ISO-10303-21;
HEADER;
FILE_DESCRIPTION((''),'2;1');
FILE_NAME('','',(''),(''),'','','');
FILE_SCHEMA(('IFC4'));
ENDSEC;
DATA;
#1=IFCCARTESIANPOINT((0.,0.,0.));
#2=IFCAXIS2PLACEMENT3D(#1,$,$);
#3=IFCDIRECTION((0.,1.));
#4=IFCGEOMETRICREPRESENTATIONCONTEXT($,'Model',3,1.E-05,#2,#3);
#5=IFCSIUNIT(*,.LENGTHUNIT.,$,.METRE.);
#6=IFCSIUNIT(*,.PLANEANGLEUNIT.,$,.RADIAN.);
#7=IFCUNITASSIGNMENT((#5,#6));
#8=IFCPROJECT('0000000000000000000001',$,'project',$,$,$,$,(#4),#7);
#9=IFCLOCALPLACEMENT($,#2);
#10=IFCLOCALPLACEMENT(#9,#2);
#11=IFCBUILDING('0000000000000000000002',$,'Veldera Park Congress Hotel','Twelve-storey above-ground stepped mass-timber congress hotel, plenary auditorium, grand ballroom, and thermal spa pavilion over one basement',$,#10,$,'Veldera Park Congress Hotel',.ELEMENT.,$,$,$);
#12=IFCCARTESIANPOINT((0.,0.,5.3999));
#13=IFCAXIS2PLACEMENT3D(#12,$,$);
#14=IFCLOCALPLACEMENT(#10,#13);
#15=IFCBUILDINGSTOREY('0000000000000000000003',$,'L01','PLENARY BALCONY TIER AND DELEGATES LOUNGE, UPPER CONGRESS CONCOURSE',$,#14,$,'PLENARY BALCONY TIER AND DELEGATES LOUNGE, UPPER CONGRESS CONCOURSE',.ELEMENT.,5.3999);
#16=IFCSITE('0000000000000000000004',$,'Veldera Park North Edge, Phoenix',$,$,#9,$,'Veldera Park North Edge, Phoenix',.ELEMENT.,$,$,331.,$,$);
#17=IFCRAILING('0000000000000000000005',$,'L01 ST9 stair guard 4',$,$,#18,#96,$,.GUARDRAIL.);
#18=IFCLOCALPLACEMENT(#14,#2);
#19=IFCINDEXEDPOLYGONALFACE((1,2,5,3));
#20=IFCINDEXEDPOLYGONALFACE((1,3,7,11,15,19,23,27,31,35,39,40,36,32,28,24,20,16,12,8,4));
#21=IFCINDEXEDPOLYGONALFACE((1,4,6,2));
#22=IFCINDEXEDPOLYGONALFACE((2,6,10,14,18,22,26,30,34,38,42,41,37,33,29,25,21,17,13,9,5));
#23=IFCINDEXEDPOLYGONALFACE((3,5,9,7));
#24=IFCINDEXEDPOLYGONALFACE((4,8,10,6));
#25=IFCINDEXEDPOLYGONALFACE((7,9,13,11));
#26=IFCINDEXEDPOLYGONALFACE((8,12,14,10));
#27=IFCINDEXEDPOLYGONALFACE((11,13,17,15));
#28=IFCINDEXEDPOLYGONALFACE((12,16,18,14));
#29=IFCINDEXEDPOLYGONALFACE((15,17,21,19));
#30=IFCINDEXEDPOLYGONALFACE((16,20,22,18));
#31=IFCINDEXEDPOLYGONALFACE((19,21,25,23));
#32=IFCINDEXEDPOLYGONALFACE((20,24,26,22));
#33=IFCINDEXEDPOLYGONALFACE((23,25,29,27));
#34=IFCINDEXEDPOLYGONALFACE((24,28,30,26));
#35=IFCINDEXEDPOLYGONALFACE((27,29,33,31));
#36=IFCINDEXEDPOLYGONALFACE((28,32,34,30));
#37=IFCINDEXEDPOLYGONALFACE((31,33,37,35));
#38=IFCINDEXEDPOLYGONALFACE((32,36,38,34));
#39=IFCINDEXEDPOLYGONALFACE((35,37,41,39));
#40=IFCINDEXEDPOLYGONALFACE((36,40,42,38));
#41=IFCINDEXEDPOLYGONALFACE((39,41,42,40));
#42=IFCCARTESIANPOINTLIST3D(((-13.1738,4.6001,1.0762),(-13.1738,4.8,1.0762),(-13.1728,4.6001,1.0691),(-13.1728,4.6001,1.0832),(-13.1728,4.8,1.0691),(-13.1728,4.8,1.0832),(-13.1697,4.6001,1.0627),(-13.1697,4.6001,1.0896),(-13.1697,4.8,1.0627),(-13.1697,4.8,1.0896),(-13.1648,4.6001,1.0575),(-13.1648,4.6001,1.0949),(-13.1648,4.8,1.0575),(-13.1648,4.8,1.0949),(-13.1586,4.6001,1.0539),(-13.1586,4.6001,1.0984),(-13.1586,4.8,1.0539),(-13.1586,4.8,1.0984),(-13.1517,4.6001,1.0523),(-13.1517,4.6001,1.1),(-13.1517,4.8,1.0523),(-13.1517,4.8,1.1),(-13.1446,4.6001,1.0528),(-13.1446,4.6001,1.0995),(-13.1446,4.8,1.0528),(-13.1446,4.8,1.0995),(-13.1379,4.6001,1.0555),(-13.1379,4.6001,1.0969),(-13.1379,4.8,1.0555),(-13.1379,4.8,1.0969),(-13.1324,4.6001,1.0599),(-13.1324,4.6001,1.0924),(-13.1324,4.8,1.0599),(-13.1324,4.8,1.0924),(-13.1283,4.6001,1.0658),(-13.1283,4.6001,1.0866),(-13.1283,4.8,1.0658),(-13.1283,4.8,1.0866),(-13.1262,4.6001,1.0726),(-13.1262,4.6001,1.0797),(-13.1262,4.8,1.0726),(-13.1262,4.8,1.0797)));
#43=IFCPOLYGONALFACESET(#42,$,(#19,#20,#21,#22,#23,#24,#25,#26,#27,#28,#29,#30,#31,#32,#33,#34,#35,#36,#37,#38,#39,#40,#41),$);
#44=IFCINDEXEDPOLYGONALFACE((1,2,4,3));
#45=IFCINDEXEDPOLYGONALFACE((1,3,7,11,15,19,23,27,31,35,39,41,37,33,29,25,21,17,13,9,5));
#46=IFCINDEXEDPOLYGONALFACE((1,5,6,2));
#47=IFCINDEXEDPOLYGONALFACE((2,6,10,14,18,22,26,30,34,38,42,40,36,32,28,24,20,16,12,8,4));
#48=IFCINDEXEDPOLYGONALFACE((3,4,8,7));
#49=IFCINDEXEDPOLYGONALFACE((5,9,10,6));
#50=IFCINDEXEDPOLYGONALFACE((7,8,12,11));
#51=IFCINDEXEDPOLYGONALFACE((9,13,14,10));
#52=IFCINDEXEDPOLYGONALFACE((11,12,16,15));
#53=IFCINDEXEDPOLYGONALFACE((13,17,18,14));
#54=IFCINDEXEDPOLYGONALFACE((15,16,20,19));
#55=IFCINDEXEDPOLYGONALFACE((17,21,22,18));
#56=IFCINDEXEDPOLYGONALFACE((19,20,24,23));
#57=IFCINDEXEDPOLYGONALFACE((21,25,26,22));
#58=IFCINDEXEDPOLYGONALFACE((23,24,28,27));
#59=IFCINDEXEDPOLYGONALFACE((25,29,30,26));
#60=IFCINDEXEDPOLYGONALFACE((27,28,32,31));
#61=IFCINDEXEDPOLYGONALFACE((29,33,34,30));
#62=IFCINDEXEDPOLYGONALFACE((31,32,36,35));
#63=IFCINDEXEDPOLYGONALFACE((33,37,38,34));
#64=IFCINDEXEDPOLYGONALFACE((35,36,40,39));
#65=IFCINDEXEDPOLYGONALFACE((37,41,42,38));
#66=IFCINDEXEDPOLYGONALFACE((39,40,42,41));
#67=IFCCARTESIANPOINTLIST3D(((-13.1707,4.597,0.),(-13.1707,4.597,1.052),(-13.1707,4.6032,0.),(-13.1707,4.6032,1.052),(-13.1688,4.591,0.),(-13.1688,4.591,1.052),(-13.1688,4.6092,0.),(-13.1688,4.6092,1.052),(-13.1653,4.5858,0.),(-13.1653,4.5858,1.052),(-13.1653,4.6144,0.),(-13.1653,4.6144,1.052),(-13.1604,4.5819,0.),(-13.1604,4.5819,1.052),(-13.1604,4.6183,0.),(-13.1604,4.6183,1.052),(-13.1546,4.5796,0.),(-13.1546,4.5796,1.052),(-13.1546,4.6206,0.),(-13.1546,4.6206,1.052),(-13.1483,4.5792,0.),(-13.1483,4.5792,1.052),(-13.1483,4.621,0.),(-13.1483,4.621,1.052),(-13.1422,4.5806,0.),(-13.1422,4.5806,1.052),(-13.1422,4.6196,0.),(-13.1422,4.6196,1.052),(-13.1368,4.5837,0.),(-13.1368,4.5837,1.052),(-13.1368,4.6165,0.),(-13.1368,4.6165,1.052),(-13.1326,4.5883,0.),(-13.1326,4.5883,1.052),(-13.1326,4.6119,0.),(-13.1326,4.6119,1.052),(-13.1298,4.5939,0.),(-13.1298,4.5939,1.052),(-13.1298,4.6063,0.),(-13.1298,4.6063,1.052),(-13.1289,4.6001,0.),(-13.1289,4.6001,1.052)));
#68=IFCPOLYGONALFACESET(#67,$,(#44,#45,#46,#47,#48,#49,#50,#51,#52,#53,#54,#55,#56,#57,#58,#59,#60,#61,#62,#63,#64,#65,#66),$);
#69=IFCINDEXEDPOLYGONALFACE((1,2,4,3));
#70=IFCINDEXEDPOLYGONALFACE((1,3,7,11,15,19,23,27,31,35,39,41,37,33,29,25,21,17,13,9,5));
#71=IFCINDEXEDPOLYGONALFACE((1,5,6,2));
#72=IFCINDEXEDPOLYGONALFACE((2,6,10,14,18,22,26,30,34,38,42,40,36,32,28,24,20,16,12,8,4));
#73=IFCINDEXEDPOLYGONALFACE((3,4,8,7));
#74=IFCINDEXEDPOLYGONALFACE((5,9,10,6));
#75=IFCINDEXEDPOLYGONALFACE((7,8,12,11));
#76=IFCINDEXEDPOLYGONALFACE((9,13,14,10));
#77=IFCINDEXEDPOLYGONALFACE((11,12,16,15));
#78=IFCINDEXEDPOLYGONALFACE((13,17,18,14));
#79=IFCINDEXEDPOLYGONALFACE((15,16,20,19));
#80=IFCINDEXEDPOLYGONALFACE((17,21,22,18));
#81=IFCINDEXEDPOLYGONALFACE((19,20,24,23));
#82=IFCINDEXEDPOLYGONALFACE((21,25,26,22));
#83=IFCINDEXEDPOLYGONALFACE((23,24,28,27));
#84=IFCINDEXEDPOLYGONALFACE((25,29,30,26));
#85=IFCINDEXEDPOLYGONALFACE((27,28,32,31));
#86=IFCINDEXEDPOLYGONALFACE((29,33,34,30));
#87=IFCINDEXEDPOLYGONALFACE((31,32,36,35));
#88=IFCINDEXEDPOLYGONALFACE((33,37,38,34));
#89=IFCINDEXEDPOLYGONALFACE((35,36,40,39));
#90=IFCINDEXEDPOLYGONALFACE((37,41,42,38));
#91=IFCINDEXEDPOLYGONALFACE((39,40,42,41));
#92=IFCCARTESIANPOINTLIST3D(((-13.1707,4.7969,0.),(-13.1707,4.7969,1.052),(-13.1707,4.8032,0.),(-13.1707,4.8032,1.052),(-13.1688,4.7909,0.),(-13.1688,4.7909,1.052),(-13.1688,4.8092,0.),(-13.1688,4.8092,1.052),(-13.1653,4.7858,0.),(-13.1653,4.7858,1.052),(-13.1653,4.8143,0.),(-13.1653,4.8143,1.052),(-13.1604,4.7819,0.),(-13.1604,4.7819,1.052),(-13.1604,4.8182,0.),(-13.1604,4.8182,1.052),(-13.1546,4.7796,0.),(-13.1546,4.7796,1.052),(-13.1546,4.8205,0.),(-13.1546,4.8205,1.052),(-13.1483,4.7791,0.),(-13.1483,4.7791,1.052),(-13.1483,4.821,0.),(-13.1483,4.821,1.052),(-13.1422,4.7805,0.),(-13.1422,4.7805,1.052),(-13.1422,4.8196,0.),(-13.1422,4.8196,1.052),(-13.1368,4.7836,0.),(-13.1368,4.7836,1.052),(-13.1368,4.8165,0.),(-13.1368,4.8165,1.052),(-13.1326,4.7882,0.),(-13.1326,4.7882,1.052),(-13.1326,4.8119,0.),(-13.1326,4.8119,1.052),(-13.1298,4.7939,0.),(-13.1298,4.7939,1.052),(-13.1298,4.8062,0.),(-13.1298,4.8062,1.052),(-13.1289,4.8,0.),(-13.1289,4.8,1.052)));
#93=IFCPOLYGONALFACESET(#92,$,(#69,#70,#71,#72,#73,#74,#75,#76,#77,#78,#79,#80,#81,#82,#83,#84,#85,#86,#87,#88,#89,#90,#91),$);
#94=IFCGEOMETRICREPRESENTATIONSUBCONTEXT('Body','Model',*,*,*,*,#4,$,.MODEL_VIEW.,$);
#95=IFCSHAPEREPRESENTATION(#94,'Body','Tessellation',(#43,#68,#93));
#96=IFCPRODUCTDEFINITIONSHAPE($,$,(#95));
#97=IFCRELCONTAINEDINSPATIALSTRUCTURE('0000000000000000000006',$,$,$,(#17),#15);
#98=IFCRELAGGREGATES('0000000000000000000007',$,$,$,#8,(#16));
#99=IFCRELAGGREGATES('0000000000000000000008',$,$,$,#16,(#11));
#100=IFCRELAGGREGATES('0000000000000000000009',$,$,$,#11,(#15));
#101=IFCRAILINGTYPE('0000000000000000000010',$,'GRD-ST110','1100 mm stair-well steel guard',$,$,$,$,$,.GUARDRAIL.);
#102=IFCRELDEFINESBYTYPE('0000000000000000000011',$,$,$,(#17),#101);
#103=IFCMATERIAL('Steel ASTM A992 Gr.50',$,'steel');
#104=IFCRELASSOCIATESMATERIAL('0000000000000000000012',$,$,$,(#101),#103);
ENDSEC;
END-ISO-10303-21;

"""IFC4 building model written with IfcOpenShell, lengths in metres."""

from ifc_helpers import new_model, si_unit, direction, frame, origin, origin_2d, place, context, subcontext, project, spatial, circle, extrude, material, type_object, element, save


model = new_model("IFC4")

# Units and contexts
model_context = context("Model", 3, precision=1e-05, world=origin(), true_north=direction((0.0, 1.0)))
body_context = subcontext(model_context, "Body", "Model", "MODEL_VIEW")
ifc_project = project(units=[si_unit("LENGTHUNIT", "METRE"), si_unit("PLANEANGLEUNIT", "RADIAN")], contexts=[model_context])

# Site, building, storey
site_placement = place(None, origin())
site = spatial("IfcSite", under=ifc_project, at=site_placement, Name="Veldera Park North Edge, Phoenix", LongName="Veldera Park North Edge, Phoenix", CompositionType="ELEMENT", RefElevation=331.0)
building_placement = place(site_placement, origin())
building = spatial("IfcBuilding", under=site, at=building_placement, Name="Veldera Park Congress Hotel", Description="Twelve-storey above-ground stepped mass-timber congress hotel, plenary auditorium, grand ballroom, and thermal spa pavilion over one basement", LongName="Veldera Park Congress Hotel", CompositionType="ELEMENT")
storey_placement = place(building_placement, frame((0.0, 0.0, 5.3999)))
storey = spatial("IfcBuildingStorey", under=building, at=storey_placement, Name="L01", Description="PLENARY BALCONY TIER AND DELEGATES LOUNGE, UPPER CONGRESS CONCOURSE", LongName="PLENARY BALCONY TIER AND DELEGATES LOUNGE, UPPER CONGRESS CONCOURSE", CompositionType="ELEMENT", Elevation=5.3999)

# Shared definitions
ifc_material_1 = material(Name="Steel ASTM A992 Gr.50", Category="steel")

# Railing
railing_type_1 = type_object("IfcRailingType", Name="GRD-ST110", Description="1100 mm stair-well steel guard", PredefinedType="GUARDRAIL", material=ifc_material_1)
railing_1_placement = place(storey_placement, frame((-13.1499, 4.6001, 0.0)))
element("IfcRailing", 1, at=railing_1_placement, inside=storey, type_object=railing_type_1, Name="L01 ST9 stair guard 4", PredefinedType="GUARDRAIL", context=body_context, shape_type="SweptSolid", body=[
    extrude(circle(Radius=0.0239, at=origin_2d()), frame((0.0, 0.0, 1.0762), z_axis=(0.0, 1.0, 0.0), x_axis=(-1.0, 0.0, 0.0)), (0.0, 0.0, 1.0), 0.2),
    extrude(circle(Radius=0.021, at=origin_2d()), origin(), (0.0, 0.0, 1.0), 1.052),
    extrude(circle(Radius=0.021, at=origin_2d()), frame((0.0, 0.2, 0.0)), (0.0, 0.0, 1.0), 1.052),
])

save(model, "model.ifc")
